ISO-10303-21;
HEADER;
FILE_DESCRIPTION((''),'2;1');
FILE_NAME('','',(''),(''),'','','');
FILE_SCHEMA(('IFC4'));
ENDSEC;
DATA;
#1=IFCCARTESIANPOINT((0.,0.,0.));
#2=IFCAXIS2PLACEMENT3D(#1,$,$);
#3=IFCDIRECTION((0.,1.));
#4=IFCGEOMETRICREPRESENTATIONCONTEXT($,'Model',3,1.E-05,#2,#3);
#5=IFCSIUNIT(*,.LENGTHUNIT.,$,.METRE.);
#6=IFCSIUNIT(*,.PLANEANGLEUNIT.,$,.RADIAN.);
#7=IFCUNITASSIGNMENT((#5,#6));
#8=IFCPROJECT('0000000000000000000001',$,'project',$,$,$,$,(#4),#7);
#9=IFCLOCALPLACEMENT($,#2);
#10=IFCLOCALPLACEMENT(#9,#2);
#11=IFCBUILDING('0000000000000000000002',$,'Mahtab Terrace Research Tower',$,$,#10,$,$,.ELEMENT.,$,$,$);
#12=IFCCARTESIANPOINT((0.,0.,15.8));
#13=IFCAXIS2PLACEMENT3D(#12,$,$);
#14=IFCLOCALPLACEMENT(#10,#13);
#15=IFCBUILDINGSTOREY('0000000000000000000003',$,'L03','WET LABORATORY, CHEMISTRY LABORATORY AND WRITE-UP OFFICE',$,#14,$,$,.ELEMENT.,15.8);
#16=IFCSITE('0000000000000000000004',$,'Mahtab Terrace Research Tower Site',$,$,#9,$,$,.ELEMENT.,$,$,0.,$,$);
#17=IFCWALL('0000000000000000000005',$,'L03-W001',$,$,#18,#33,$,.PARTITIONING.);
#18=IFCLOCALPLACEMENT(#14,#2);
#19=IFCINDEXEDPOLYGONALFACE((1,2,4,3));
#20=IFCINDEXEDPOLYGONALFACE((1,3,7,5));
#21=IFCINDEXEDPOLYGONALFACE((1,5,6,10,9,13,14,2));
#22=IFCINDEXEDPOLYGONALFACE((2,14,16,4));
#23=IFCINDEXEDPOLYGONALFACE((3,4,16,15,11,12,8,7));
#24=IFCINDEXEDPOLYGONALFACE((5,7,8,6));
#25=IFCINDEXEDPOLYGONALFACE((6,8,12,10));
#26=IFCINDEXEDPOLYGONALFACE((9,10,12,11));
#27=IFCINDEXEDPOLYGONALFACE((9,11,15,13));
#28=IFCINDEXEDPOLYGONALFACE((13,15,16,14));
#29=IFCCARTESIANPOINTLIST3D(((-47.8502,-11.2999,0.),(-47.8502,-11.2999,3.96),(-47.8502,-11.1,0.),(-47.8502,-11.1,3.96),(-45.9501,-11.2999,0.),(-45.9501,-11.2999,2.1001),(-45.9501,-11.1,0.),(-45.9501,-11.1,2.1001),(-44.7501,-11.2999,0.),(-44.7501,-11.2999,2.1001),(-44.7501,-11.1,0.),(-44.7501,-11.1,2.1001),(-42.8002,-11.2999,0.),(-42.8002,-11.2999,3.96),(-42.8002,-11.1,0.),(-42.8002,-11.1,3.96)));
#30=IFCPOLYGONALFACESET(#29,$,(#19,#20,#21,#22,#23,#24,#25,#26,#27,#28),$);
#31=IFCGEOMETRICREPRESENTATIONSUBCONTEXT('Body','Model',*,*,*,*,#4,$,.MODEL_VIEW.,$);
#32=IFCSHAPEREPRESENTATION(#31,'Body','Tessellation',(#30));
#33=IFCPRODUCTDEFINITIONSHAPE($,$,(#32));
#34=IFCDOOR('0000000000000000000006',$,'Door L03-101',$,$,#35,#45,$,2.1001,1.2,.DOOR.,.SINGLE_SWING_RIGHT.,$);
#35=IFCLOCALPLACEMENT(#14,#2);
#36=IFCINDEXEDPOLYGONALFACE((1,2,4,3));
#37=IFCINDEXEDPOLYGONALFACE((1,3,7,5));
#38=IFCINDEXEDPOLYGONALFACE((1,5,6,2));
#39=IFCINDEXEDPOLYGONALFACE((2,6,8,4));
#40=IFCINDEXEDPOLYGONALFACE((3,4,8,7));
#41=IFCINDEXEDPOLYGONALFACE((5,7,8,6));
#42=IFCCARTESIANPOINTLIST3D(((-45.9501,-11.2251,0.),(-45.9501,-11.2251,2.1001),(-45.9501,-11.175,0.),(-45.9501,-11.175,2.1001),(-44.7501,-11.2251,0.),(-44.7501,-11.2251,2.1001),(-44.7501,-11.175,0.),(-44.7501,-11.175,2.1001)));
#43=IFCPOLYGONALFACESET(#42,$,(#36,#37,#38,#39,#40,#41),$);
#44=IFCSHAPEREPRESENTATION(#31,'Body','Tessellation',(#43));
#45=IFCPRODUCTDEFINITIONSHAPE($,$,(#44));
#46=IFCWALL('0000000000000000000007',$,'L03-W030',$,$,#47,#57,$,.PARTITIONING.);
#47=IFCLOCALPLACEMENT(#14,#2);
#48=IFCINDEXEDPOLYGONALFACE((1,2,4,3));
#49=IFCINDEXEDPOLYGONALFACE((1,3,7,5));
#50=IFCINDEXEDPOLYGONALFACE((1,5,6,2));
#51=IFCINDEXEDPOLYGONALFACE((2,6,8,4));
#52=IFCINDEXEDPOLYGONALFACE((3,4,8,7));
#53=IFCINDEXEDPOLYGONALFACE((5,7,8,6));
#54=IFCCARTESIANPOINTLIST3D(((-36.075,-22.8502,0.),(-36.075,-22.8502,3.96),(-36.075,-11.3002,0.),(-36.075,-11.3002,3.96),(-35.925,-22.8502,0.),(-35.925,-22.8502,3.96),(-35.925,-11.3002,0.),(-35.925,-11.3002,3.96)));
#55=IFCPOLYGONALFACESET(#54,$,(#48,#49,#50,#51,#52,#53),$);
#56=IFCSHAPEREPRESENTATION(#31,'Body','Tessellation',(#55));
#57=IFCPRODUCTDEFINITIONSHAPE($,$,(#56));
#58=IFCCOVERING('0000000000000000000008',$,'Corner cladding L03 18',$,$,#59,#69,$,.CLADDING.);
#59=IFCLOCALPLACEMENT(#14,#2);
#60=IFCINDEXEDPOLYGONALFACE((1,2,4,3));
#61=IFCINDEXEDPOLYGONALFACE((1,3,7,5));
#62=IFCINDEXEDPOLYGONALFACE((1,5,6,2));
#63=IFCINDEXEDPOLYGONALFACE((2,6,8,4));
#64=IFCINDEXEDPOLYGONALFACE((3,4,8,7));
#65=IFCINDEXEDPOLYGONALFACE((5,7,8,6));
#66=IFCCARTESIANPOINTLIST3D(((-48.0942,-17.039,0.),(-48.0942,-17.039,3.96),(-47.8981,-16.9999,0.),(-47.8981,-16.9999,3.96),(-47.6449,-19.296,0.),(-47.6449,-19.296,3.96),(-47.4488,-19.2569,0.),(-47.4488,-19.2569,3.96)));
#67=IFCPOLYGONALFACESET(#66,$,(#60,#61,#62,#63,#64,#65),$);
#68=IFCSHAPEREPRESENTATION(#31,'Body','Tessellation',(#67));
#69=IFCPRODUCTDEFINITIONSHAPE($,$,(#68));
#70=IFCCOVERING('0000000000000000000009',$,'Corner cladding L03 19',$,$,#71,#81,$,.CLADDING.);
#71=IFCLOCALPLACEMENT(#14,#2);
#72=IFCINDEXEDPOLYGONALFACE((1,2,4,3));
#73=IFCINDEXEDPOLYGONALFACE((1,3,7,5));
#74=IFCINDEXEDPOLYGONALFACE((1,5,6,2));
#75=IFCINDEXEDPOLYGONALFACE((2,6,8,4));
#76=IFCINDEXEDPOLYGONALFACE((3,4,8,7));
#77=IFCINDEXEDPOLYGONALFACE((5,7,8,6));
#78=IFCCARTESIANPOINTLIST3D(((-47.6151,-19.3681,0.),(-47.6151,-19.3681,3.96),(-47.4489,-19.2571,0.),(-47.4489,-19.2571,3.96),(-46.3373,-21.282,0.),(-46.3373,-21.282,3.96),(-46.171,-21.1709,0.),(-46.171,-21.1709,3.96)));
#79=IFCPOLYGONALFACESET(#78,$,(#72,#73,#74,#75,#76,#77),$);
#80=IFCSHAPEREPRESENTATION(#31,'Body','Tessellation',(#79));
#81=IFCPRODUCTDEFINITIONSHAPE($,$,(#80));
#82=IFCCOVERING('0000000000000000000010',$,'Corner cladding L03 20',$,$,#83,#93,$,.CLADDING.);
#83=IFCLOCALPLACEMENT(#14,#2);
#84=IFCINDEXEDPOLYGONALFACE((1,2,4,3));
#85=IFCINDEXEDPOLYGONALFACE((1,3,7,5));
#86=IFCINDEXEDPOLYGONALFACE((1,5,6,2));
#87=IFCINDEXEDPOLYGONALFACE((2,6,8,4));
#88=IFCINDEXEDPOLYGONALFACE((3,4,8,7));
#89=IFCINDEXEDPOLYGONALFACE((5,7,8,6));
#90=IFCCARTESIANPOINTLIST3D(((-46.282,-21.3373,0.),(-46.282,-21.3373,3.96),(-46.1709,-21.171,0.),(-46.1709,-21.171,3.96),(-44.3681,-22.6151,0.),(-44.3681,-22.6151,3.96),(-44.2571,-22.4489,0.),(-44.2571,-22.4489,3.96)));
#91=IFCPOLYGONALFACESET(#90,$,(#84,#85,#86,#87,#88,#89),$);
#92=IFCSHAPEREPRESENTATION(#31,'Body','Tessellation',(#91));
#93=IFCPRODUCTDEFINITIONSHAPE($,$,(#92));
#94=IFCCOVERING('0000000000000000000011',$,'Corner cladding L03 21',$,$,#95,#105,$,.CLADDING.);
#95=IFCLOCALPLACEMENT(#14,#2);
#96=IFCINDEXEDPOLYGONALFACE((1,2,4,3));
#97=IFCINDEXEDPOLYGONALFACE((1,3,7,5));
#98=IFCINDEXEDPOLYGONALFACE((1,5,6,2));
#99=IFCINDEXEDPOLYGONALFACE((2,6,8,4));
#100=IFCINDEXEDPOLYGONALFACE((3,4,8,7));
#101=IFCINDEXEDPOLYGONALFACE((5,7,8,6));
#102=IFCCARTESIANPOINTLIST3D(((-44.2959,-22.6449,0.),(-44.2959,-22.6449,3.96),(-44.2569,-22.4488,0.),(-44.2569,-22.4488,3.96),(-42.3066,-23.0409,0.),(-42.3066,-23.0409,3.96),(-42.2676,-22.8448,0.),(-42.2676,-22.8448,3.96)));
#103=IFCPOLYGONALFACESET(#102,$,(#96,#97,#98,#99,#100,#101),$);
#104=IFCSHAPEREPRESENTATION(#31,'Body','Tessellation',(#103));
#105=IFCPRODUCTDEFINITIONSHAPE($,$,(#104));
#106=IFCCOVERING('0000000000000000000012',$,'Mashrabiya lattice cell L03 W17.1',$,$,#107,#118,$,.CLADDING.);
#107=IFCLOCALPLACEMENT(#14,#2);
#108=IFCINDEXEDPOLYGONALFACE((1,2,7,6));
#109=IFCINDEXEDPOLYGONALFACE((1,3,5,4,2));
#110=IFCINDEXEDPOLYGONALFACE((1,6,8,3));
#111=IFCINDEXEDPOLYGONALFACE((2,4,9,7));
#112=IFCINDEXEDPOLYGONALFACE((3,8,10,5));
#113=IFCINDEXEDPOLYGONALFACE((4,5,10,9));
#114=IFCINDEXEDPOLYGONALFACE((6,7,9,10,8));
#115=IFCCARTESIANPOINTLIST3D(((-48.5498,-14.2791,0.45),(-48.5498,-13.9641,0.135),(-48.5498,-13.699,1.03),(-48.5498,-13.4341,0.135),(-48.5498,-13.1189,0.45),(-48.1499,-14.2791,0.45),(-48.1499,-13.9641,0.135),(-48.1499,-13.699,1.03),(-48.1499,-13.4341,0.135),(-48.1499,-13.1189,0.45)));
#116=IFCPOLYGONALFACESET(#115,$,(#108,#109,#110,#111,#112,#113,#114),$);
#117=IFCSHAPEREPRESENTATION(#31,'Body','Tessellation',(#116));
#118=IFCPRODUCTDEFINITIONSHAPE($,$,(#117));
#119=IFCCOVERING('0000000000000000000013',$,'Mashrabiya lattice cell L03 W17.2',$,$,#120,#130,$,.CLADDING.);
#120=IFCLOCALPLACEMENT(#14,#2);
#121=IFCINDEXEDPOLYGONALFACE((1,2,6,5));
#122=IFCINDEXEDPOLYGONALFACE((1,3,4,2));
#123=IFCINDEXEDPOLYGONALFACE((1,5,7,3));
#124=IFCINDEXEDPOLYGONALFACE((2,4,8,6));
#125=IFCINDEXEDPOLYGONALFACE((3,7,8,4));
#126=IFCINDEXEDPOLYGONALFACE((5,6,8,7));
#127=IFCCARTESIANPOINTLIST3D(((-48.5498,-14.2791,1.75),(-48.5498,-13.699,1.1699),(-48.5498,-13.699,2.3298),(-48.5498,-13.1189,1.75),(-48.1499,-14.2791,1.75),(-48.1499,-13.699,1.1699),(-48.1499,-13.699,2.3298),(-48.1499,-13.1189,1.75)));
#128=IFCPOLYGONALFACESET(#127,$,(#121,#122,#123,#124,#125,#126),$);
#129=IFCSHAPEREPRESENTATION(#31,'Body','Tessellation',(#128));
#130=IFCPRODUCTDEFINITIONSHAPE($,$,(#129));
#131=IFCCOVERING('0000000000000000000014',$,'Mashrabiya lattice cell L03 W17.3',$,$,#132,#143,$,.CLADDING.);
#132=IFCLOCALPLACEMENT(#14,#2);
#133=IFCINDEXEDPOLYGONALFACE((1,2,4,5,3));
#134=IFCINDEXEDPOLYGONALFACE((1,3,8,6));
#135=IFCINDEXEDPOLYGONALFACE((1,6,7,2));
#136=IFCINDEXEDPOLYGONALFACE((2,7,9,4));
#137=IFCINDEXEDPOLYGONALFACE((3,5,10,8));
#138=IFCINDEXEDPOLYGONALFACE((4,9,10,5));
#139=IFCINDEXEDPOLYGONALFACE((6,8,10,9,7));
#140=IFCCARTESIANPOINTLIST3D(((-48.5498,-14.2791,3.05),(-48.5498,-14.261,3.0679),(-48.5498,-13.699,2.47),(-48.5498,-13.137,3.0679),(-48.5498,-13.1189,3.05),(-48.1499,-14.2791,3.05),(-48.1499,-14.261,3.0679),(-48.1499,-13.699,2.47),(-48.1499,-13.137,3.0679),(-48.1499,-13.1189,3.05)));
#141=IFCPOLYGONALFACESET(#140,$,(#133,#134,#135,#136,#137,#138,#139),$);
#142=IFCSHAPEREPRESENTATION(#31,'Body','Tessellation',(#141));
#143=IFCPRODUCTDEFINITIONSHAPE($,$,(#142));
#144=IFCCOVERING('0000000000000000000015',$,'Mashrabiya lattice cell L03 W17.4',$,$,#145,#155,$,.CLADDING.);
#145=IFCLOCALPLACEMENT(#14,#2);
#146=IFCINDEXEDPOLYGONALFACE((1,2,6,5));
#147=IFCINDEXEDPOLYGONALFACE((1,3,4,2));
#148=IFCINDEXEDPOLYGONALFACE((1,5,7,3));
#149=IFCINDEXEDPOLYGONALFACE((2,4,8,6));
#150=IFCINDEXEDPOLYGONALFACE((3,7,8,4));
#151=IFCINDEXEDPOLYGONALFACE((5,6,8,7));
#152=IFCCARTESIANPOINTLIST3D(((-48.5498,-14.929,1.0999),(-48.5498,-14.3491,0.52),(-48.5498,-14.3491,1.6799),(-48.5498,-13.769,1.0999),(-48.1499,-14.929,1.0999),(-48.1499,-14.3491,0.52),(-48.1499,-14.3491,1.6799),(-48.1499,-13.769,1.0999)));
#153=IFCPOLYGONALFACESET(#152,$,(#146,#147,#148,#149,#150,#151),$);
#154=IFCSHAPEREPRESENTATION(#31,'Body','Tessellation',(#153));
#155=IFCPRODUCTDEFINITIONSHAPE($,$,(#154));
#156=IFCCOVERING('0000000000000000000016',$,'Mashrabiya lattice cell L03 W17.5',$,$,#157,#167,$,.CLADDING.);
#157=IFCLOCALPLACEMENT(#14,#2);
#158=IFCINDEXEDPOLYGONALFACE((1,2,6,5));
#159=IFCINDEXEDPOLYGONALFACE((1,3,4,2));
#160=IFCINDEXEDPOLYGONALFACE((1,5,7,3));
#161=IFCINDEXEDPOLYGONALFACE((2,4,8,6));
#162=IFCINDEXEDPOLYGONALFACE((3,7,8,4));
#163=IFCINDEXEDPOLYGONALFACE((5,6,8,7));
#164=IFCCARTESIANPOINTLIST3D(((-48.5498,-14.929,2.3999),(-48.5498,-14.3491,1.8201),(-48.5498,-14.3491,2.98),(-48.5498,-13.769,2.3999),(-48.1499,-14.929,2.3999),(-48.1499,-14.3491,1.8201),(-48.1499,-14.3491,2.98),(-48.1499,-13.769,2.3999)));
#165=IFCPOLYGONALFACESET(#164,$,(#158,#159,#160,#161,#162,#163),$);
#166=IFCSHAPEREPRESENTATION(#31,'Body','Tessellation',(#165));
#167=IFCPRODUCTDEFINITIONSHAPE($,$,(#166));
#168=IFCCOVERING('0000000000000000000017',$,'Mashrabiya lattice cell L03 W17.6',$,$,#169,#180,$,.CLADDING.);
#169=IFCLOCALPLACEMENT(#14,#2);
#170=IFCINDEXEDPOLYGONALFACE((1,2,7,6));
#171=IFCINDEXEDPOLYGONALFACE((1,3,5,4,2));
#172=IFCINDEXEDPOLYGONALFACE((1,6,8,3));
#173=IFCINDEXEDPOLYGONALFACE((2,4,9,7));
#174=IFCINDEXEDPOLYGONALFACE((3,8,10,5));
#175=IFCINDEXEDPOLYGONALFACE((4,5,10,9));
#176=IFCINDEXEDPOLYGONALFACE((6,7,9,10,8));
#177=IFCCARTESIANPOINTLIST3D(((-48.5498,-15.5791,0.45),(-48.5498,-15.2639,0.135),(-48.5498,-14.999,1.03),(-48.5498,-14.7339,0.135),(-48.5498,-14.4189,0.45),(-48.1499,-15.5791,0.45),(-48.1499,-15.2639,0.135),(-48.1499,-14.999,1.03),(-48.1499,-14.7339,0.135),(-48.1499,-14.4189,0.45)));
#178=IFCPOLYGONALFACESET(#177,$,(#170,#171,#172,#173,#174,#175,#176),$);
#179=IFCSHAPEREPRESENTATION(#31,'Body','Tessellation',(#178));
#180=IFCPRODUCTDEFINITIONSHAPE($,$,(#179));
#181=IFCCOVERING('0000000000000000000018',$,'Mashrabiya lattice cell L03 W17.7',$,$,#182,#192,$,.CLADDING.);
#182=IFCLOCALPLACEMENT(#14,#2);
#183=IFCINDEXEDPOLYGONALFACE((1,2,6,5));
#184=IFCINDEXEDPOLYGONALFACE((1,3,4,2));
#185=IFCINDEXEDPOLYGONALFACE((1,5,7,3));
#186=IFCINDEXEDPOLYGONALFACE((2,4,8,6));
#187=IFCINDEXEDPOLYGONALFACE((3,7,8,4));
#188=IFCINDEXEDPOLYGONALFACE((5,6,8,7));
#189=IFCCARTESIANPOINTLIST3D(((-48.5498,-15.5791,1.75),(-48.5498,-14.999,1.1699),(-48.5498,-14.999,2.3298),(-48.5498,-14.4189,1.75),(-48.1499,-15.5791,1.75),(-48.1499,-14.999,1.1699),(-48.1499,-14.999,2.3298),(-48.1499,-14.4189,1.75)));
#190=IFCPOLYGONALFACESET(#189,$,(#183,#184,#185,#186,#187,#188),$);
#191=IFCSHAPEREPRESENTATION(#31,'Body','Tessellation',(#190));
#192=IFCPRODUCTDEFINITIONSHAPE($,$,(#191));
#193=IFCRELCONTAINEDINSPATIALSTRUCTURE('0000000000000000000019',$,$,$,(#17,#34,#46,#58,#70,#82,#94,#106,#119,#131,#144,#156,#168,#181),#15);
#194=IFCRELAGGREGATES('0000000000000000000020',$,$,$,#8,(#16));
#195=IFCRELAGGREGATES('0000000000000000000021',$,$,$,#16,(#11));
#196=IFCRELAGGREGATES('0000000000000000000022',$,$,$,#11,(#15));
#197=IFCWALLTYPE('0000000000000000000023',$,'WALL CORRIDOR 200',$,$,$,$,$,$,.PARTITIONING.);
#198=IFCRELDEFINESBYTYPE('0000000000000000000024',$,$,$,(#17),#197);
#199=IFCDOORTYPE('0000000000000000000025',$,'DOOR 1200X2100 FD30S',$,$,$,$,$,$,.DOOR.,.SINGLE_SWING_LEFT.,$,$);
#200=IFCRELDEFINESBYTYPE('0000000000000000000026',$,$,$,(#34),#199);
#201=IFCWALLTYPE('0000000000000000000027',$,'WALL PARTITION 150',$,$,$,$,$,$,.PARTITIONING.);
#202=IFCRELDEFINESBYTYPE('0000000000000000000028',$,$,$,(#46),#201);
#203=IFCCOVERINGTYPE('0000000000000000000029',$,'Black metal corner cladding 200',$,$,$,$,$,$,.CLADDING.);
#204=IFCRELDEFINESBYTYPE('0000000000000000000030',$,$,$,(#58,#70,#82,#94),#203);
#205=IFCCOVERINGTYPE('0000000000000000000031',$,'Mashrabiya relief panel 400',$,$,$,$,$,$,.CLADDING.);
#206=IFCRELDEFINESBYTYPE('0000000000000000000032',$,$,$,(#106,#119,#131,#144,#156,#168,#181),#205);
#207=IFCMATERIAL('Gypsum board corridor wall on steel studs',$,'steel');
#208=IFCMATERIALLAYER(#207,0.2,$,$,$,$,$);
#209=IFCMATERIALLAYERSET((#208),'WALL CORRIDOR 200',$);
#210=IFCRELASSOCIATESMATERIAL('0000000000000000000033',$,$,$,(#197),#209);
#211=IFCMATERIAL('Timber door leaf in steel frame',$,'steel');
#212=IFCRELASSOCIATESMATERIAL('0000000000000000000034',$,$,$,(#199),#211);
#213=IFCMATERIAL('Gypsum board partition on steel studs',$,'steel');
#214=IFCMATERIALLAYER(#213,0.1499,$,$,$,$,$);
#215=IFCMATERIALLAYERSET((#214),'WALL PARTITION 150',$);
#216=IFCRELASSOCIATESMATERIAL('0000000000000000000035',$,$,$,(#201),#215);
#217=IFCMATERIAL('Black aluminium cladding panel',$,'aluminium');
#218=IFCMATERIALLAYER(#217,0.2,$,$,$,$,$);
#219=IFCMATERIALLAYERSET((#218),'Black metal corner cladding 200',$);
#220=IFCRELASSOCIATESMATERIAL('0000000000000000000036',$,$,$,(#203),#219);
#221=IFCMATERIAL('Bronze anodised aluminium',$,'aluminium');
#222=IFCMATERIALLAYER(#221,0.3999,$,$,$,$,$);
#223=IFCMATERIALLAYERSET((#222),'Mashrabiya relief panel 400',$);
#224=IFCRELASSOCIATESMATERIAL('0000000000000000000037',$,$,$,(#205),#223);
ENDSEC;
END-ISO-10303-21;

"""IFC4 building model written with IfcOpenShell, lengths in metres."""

from ifc_helpers import new_model, si_unit, direction, frame, frame_2d, origin, origin_2d, place, context, subcontext, project, spatial, polyline, rectangle, outline, extrude, material, layer, layer_set, type_object, element, fill, save


model = new_model("IFC4")

# Units and contexts
model_context = context("Model", 3, precision=1e-05, world=origin(), true_north=direction((0.0, 1.0)))
body_context = subcontext(model_context, "Body", "Model", "MODEL_VIEW")
ifc_project = project(units=[si_unit("LENGTHUNIT", "METRE"), si_unit("PLANEANGLEUNIT", "RADIAN")], contexts=[model_context])

# Site, building, storey
site_placement = place(None, origin())
site = spatial("IfcSite", under=ifc_project, at=site_placement, Name="Mahtab Terrace Research Tower Site", CompositionType="ELEMENT", RefElevation=0.0)
building_placement = place(site_placement, origin())
building = spatial("IfcBuilding", under=site, at=building_placement, Name="Mahtab Terrace Research Tower", CompositionType="ELEMENT")
storey_placement = place(building_placement, frame((0.0, 0.0, 15.8)))
storey = spatial("IfcBuildingStorey", under=building, at=storey_placement, Name="L03", Description="WET LABORATORY, CHEMISTRY LABORATORY AND WRITE-UP OFFICE", CompositionType="ELEMENT", Elevation=15.8)

# Shared definitions
ifc_material_1 = material(Name="Black aluminium cladding panel", Category="aluminium")

# Wall, opening, door
ifc_material_2 = material(Name="Gypsum board corridor wall on steel studs", Category="steel")
ifc_layer_1 = layer(ifc_material_2, 0.2)
ifc_layer_set_1 = layer_set([ifc_layer_1], Name="WALL CORRIDOR 200")
wall_type_1 = type_object("IfcWallType", Name="WALL CORRIDOR 200", PredefinedType="PARTITIONING", material=ifc_layer_set_1)
wall_1_placement = place(storey_placement, frame((-47.8501, -11.2, 0.0), z_axis=(0.0, 0.0, 1.0), x_axis=(1.0, 0.0, 0.0)))
wall_1 = element("IfcWall", 1, at=wall_1_placement, inside=storey, type_object=wall_type_1, Name="L03-W001", PredefinedType="PARTITIONING", context=body_context, shape_type="SweptSolid", body=[
    extrude(rectangle(XDim=5.05, YDim=0.2, at=frame_2d((2.5249, 0.0))), origin(), (0.0, 0.0, 1.0), 3.96),
])
opening_placement = place(wall_1_placement, frame((1.8999, 0.0, 0.0)))
opening = element("IfcOpeningElement", 2, at=opening_placement, cuts=wall_1, PredefinedType="OPENING", context=body_context, shape_type="SweptSolid", body=[
    extrude(rectangle(XDim=1.2, YDim=2.1001, at=frame_2d((0.6001, 1.05))), frame((0.0, 0.1099, 0.0), z_axis=(0.0, -1.0, 0.0), x_axis=(1.0, 0.0, 0.0)), (0.0, 0.0, 1.0), 0.22),
])
ifc_material_3 = material(Name="Timber door leaf in steel frame", Category="steel")
door_type = type_object("IfcDoorType", Name="DOOR 1200X2100 FD30S", OperationType="SINGLE_SWING_LEFT", PredefinedType="DOOR", material=ifc_material_3)
door_placement = place(opening_placement, origin())
door = element("IfcDoor", 3, at=door_placement, inside=storey, type_object=door_type, Name="Door L03-101", OperationType="SINGLE_SWING_RIGHT", OverallHeight=2.1001, OverallWidth=1.2, PredefinedType="DOOR", context=body_context, shape_type="SweptSolid", body=[
    extrude(rectangle(XDim=1.2, YDim=2.1001, at=frame_2d((0.6001, 1.05))), frame((0.0, 0.0249, 0.0), z_axis=(0.0, -1.0, 0.0), x_axis=(1.0, 0.0, 0.0)), (0.0, 0.0, 1.0), 0.05),
])
fill(opening, door)

# Wall
ifc_material_4 = material(Name="Gypsum board partition on steel studs", Category="steel")
ifc_layer_2 = layer(ifc_material_4, 0.1499)
ifc_layer_set_2 = layer_set([ifc_layer_2], Name="WALL PARTITION 150")
wall_type_2 = type_object("IfcWallType", Name="WALL PARTITION 150", PredefinedType="PARTITIONING", material=ifc_layer_set_2)
wall_2_placement = place(storey_placement, frame((-36.0, -22.8501, 0.0), z_axis=(0.0, 0.0, 1.0), x_axis=(0.0, 1.0, 0.0)))
element("IfcWall", 4, at=wall_2_placement, inside=storey, type_object=wall_type_2, Name="L03-W030", PredefinedType="PARTITIONING", context=body_context, shape_type="SweptSolid", body=[
    extrude(rectangle(XDim=11.55, YDim=0.1499, at=frame_2d((5.7749, 0.0))), origin(), (0.0, 0.0, 1.0), 3.96),
])

# Coverings
ifc_layer_3 = layer(ifc_material_1, 0.2)
ifc_layer_set_3 = layer_set([ifc_layer_3], Name="Black metal corner cladding 200")
covering_type_1 = type_object("IfcCoveringType", Name="Black metal corner cladding 200", PredefinedType="CLADDING", material=ifc_layer_set_3)
for number, where, z_axis, x_axis, name in (
    (5, (-47.7715, -18.1479, 0.0), (0.0, 0.0, 1.0), (0.195212, -0.980761, 0.0), "Corner cladding L03 18"),
    (6, (-46.8931, -20.2695, 0.0), (0.0, 0.0, 1.0), (0.555291, -0.831656, 0.0), "Corner cladding L03 19"),
    (7, (-45.2695, -21.8931, 0.0), (0.0, 0.0, 1.0), (0.831656, -0.555291, 0.0), "Corner cladding L03 20"),
):
    element("IfcCovering", number, at=place(storey_placement, frame(where, z_axis=z_axis, x_axis=x_axis)), inside=storey, type_object=covering_type_1, Name=name, PredefinedType="CLADDING", context=body_context, shape_type="SweptSolid", body=[
        extrude(rectangle(XDim=2.3013, YDim=0.2, at=origin_2d()), origin(), (0.0, 0.0, 1.0), 3.96),
    ])
covering_1_placement = place(storey_placement, frame((-43.2817, -22.7449, 0.0), z_axis=(0.0, 0.0, 1.0), x_axis=(0.980761, -0.195212, 0.0)))
element("IfcCovering", 8, at=covering_1_placement, inside=storey, type_object=covering_type_1, Name="Corner cladding L03 21", PredefinedType="CLADDING", context=body_context, shape_type="SweptSolid", body=[
    extrude(rectangle(XDim=2.0283, YDim=0.2, at=origin_2d()), origin(), (0.0, 0.0, 1.0), 3.96),
])
ifc_material_5 = material(Name="Bronze anodised aluminium", Category="aluminium")
ifc_layer_4 = layer(ifc_material_5, 0.3999)
ifc_layer_set_4 = layer_set([ifc_layer_4], Name="Mashrabiya relief panel 400")
covering_type_2 = type_object("IfcCoveringType", Name="Mashrabiya relief panel 400", PredefinedType="CLADDING", material=ifc_layer_set_4)
covering_2_placement = place(storey_placement, frame((-48.1499, -13.1189, 0.45), z_axis=(1.0, 0.0, 0.0), x_axis=(0.0, -0.707107, 0.707107)))
element("IfcCovering", 9, at=covering_2_placement, inside=storey, type_object=covering_type_2, Name="Mashrabiya lattice cell L03 W17.1", PredefinedType="CLADDING", context=body_context, shape_type="SweptSolid", body=[
    extrude(outline(polyline([(0.0, 0.0), (0.8204, 0.0), (0.8204, 0.8204), (0.375, 0.8204), (0.0002, 0.4456), (0.0, 0.0)])), origin(), (0.0, 0.0, -1.0), 0.3999),
])
covering_3_placement = place(storey_placement, frame((-48.1499, -13.699, 2.3298), z_axis=(1.0, 0.0, 0.0), x_axis=(0.0, -0.707256, -0.706958)))
element("IfcCovering", 10, at=covering_3_placement, inside=storey, type_object=covering_type_2, Name="Mashrabiya lattice cell L03 W17.2", PredefinedType="CLADDING", context=body_context, shape_type="SweptSolid", body=[
    extrude(outline(polyline([(0.0, 0.0), (0.8202, 0.0), (0.82, 0.8204), (-0.0003, 0.8202), (0.0, 0.0)])), origin(), (0.0, 0.0, -1.0), 0.3999),
])
covering_4_placement = place(storey_placement, frame((-48.1499, -14.2791, 3.05), z_axis=(1.0, 0.0, 0.0), x_axis=(0.0, 0.707107, -0.707107)))
element("IfcCovering", 11, at=covering_4_placement, inside=storey, type_object=covering_type_2, Name="Mashrabiya lattice cell L03 W17.3", PredefinedType="CLADDING", context=body_context, shape_type="SweptSolid", body=[
    extrude(outline(polyline([(0.0, 0.0), (0.8204, 0.0), (0.8204, 0.8204), (0.795, 0.8202), (0.0002, 0.0254), (0.0, 0.0)])), origin(), (0.0, 0.0, -1.0), 0.3999),
])
for number, where, z_axis, x_axis, name in (
    (12, (-48.1499, -14.3491, 1.6799), (1.0, 0.0, 0.0), (0.0, -0.706958, -0.707256), "Mashrabiya lattice cell L03 W17.4"),
    (13, (-48.1499, -14.3491, 2.98), (1.0, 0.0, 0.0), (0.0, -0.706958, -0.707256), "Mashrabiya lattice cell L03 W17.5"),
):
    element("IfcCovering", number, at=place(storey_placement, frame(where, z_axis=z_axis, x_axis=x_axis)), inside=storey, type_object=covering_type_2, Name=name, PredefinedType="CLADDING", context=body_context, shape_type="SweptSolid", body=[
        extrude(outline(polyline([(0.0, 0.0), (0.8202, 0.0), (0.8204, 0.82), (0.0002, 0.8204), (0.0, 0.0)])), origin(), (0.0, 0.0, -1.0), 0.3999),
    ])
covering_5_placement = place(storey_placement, frame((-48.1499, -14.4189, 0.45), z_axis=(1.0, 0.0, 0.0), x_axis=(0.0, -0.707107, 0.707107)))
element("IfcCovering", 14, at=covering_5_placement, inside=storey, type_object=covering_type_2, Name="Mashrabiya lattice cell L03 W17.6", PredefinedType="CLADDING", context=body_context, shape_type="SweptSolid", body=[
    extrude(outline(polyline([(0.0, 0.0), (0.8204, 0.0), (0.8204, 0.8204), (0.3748, 0.8202), (0.0, 0.4454), (0.0, 0.0)])), origin(), (0.0, 0.0, -1.0), 0.3999),
])
covering_6_placement = place(storey_placement, frame((-48.1499, -14.999, 2.3298), z_axis=(1.0, 0.0, 0.0), x_axis=(0.0, -0.707256, -0.706958)))
element("IfcCovering", 15, at=covering_6_placement, inside=storey, type_object=covering_type_2, Name="Mashrabiya lattice cell L03 W17.7", PredefinedType="CLADDING", context=body_context, shape_type="SweptSolid", body=[
    extrude(outline(polyline([(0.0, 0.0), (0.8202, 0.0), (0.82, 0.8204), (-0.0003, 0.8202), (0.0, 0.0)])), origin(), (0.0, 0.0, -1.0), 0.3999),
])

save(model, "model.ifc")
